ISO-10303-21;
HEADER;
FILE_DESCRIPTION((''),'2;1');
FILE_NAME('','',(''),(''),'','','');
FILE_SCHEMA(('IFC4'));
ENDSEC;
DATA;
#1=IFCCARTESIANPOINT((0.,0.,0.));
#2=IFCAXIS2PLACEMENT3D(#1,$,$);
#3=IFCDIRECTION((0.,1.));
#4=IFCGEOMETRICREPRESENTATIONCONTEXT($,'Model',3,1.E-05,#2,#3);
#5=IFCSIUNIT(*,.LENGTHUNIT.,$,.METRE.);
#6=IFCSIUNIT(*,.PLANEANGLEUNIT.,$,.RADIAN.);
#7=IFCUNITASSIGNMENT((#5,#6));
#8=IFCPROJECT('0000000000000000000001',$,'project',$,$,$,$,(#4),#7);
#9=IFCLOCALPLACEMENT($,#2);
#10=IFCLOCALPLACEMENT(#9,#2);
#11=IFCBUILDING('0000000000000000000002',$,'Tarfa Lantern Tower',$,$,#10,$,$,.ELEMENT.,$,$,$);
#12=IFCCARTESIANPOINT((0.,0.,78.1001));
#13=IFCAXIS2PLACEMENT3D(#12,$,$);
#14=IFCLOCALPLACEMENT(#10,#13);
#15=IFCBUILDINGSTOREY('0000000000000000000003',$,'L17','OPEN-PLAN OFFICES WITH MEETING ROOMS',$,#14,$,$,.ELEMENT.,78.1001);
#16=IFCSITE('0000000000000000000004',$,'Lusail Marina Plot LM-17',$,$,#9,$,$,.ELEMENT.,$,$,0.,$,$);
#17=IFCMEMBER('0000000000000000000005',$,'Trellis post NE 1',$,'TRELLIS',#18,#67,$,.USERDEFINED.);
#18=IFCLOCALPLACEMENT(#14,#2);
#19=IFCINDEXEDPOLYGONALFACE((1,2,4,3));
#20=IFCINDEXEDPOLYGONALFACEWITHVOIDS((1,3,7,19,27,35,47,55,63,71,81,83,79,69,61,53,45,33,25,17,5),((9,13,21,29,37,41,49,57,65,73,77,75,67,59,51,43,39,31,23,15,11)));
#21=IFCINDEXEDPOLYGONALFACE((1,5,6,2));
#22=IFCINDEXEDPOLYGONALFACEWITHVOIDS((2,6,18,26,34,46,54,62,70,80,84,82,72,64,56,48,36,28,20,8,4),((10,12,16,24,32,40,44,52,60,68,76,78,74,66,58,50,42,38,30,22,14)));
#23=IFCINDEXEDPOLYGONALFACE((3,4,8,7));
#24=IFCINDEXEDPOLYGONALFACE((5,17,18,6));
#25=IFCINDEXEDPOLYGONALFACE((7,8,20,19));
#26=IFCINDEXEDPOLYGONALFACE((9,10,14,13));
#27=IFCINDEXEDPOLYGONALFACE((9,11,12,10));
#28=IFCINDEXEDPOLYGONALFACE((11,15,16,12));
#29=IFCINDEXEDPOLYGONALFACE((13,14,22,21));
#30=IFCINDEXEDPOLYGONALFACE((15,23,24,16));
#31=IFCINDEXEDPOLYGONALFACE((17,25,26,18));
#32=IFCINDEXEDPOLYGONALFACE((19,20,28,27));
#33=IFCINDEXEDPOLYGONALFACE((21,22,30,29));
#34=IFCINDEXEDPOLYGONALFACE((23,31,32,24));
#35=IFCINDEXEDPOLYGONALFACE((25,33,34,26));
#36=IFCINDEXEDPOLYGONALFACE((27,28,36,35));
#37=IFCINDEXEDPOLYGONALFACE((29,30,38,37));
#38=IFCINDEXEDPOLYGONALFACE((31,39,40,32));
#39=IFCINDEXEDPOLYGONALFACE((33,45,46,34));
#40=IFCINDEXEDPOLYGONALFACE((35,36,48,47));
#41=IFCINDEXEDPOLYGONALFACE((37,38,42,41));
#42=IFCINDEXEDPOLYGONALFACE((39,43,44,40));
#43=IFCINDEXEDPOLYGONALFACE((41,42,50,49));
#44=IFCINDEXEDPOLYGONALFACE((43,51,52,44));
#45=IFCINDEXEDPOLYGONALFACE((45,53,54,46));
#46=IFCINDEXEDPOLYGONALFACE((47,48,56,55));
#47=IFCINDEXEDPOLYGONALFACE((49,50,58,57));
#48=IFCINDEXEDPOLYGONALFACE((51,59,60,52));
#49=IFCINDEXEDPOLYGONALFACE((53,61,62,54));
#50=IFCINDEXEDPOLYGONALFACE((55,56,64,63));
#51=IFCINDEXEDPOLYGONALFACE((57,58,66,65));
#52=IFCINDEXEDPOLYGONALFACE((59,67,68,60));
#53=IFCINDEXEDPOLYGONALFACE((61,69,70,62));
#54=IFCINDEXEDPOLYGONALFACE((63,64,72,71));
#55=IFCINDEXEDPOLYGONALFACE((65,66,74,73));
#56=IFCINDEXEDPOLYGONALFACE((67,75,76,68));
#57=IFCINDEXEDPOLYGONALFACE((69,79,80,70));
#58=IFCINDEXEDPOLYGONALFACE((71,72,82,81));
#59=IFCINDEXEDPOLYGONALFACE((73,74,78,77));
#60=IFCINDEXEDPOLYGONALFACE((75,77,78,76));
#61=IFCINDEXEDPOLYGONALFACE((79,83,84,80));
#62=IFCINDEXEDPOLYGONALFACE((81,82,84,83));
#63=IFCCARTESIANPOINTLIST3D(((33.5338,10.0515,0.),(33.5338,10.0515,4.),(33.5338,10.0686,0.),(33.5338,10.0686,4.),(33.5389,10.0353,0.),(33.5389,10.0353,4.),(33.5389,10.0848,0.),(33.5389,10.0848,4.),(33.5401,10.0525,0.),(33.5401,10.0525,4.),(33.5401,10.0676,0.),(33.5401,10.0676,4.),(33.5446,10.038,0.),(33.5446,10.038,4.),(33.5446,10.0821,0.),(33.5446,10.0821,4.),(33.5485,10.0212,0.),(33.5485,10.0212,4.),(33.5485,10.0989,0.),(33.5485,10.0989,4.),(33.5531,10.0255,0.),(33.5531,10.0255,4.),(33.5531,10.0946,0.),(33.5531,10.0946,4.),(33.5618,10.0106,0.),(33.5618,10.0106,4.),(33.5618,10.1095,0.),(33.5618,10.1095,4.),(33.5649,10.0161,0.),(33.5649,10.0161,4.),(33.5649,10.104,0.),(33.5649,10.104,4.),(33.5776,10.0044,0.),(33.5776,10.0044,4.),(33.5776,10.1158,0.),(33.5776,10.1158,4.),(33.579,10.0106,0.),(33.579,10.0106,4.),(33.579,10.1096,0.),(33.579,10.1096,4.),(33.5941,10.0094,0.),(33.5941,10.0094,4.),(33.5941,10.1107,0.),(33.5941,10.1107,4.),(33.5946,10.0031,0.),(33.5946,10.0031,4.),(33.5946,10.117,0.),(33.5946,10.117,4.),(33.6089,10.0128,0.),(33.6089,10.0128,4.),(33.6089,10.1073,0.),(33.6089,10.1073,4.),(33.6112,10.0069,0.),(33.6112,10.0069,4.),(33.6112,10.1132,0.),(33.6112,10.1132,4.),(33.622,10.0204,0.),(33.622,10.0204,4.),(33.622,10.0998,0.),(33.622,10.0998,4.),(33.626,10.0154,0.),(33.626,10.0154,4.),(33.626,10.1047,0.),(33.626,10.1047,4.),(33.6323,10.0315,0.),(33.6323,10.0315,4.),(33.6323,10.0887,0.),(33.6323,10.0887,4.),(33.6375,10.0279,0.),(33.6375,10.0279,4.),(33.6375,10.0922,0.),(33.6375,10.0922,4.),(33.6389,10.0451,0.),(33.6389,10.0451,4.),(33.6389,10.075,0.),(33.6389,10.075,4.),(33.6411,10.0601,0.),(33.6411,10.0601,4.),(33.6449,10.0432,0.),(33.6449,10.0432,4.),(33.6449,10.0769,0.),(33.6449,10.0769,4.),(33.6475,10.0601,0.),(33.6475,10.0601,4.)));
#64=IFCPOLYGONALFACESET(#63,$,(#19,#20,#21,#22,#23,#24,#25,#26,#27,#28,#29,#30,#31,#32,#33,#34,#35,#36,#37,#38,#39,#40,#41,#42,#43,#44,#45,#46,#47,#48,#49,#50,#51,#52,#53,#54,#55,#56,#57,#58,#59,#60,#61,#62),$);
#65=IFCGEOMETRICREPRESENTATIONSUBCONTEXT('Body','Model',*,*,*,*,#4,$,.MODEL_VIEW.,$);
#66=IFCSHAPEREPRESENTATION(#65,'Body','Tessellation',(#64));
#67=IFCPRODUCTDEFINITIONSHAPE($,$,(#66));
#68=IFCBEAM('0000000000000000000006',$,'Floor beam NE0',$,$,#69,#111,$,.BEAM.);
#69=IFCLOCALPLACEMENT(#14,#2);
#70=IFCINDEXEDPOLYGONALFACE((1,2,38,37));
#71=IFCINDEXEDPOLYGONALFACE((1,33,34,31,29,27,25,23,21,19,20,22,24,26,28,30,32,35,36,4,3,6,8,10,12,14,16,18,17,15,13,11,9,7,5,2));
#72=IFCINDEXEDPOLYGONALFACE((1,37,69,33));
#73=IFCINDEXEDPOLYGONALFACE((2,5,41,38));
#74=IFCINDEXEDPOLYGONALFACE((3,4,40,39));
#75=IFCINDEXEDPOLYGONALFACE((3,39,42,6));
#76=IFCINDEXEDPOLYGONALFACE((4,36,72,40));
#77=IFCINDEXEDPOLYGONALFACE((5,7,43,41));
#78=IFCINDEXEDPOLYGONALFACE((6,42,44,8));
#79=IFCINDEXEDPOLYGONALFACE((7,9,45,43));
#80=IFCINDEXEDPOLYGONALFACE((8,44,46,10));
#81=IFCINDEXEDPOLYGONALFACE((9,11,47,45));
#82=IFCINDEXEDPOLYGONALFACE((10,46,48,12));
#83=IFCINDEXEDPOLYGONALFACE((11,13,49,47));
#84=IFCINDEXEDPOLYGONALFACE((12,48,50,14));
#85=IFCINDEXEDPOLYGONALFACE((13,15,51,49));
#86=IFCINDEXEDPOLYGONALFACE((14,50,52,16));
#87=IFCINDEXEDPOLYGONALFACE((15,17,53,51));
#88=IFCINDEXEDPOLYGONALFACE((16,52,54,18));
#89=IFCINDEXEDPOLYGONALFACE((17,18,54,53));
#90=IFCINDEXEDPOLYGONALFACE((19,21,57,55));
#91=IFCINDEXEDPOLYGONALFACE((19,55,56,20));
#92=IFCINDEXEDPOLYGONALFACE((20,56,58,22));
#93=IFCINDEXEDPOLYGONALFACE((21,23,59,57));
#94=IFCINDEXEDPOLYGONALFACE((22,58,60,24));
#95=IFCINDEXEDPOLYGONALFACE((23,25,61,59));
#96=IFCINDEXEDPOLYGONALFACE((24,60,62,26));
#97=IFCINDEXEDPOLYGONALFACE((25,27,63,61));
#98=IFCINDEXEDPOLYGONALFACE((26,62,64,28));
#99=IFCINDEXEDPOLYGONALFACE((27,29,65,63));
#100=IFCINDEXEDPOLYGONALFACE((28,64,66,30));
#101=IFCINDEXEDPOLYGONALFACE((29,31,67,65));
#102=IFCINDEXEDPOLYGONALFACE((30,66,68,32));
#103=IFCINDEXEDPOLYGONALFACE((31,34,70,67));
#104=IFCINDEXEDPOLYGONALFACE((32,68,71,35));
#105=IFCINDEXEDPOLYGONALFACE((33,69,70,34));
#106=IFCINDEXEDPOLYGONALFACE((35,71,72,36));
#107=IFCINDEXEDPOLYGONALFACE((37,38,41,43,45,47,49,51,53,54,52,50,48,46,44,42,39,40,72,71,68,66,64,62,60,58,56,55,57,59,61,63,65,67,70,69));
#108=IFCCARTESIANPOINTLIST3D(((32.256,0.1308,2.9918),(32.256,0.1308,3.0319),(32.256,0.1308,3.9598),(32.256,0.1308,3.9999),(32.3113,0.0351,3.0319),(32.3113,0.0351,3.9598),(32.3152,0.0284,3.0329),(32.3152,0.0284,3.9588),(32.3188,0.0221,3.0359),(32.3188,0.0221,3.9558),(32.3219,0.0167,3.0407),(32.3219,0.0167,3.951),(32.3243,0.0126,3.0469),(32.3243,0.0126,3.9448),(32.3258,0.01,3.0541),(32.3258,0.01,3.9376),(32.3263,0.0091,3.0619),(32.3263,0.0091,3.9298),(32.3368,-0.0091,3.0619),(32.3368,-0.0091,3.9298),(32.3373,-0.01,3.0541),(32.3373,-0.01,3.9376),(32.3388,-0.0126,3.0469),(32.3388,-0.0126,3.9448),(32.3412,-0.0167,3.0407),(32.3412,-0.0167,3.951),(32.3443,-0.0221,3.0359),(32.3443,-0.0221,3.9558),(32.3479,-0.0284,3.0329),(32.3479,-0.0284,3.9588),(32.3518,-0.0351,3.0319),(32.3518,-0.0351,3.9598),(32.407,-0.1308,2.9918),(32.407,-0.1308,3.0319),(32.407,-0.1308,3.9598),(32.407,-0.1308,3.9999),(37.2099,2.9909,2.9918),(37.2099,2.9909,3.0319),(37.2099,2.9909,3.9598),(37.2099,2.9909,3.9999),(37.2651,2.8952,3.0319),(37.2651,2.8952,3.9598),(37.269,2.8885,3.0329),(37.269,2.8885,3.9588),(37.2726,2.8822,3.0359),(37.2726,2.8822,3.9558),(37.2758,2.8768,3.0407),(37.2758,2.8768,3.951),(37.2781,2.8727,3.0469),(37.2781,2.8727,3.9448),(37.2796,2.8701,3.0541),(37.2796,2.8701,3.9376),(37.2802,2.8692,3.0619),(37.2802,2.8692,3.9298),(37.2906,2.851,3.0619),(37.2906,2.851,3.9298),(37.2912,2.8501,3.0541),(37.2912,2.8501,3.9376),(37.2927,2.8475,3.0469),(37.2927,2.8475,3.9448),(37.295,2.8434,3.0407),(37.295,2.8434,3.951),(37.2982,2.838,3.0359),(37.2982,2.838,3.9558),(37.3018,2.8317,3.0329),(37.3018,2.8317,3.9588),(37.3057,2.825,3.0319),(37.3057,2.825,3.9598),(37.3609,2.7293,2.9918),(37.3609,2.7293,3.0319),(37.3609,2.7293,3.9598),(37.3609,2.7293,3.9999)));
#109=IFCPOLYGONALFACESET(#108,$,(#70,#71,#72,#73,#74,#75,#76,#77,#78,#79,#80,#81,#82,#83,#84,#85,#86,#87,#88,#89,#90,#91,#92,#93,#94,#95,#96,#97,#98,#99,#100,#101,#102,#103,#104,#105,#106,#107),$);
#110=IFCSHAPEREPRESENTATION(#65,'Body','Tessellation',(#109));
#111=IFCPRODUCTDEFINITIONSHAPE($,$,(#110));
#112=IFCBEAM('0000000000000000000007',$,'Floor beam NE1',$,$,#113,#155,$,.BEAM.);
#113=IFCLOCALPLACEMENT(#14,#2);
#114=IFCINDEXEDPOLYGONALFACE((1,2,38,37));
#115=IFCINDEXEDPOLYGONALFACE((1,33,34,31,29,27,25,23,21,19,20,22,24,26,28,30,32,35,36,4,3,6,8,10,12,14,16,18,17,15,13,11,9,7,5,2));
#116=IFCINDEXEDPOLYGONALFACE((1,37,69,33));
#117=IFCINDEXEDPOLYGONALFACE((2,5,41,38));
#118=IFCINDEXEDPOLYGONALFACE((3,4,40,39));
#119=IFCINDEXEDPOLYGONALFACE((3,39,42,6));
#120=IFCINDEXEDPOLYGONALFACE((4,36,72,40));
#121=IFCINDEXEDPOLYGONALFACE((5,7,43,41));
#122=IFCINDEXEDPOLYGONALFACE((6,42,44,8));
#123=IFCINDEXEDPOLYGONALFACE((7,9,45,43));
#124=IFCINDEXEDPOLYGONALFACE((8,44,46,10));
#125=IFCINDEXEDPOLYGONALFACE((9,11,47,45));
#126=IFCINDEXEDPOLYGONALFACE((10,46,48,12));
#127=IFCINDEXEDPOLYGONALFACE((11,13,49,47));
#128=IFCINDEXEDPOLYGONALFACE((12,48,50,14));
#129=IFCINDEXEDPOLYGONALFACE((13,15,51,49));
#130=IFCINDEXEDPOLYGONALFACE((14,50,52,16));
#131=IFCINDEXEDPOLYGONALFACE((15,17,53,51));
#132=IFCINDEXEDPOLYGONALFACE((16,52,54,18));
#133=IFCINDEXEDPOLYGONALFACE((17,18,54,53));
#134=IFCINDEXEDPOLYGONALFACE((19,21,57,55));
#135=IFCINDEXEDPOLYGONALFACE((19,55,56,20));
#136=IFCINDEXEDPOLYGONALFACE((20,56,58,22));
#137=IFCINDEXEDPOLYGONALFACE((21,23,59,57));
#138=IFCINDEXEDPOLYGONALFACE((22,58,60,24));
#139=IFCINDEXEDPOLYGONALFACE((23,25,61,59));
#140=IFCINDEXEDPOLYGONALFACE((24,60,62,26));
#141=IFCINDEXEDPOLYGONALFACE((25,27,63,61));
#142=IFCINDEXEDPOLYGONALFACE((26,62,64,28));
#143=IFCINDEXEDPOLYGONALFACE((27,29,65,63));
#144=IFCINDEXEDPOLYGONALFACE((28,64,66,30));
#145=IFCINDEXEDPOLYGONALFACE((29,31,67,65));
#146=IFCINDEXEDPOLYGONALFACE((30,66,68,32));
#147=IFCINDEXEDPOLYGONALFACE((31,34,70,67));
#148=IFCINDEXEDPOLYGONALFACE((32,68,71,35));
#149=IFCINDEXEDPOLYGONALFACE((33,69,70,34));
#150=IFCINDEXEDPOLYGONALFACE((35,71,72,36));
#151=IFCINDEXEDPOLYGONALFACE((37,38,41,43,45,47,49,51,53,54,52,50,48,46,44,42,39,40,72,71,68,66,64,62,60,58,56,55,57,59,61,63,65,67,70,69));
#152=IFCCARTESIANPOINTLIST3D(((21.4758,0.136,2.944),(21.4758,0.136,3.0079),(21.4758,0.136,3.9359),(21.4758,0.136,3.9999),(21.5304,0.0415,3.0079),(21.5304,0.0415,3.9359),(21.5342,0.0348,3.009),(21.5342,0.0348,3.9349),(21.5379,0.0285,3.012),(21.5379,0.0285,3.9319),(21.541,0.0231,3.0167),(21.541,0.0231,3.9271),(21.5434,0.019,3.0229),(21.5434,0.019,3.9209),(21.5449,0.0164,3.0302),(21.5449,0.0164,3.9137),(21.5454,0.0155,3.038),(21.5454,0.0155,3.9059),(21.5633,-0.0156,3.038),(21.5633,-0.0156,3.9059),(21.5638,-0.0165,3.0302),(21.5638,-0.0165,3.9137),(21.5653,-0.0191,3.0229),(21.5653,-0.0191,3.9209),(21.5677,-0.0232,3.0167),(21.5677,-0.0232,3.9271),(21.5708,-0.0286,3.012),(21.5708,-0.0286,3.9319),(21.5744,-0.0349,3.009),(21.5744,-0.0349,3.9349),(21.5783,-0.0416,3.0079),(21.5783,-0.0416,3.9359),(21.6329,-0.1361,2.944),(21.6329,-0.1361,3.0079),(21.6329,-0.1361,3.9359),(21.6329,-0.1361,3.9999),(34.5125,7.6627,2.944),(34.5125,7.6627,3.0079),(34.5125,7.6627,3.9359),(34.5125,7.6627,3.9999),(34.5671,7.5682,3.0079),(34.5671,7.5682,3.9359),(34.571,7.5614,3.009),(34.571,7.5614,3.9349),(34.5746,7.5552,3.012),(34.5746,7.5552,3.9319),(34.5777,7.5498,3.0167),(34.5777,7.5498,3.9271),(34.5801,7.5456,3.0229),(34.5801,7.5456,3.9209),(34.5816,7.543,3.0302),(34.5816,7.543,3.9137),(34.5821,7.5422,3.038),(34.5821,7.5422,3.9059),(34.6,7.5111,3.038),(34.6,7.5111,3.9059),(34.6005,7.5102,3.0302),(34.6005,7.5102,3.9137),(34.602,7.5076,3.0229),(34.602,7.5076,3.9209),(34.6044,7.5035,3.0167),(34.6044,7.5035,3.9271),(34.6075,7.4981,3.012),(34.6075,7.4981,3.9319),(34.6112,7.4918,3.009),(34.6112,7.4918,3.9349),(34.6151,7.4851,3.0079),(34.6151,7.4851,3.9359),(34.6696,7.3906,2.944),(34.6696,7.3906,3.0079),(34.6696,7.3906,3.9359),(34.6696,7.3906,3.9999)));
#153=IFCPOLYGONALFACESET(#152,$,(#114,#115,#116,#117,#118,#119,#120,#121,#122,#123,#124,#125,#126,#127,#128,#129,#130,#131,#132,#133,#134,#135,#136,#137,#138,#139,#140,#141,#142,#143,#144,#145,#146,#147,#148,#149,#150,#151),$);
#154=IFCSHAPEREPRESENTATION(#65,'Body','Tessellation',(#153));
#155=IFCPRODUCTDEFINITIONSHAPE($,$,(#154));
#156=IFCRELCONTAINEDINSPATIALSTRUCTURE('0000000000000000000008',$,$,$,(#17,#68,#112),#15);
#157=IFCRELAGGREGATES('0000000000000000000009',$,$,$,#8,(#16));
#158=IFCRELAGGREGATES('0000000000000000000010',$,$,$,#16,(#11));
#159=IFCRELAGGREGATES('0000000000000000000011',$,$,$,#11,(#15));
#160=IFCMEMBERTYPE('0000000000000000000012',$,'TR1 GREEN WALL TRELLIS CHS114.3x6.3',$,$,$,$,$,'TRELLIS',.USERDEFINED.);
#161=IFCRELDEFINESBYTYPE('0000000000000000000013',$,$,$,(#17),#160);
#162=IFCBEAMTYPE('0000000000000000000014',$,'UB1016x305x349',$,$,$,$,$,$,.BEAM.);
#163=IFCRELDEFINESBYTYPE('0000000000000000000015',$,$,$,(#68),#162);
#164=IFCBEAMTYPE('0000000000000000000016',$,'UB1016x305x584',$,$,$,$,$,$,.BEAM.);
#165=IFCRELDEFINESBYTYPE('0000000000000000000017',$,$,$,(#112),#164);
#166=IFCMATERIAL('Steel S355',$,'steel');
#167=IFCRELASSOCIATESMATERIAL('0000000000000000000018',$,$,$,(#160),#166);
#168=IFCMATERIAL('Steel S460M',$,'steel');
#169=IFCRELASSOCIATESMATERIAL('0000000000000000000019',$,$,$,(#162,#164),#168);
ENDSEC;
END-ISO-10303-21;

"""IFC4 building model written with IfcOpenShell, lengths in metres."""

from ifc_helpers import new_model, si_unit, direction, frame, origin, origin_2d, place, context, subcontext, project, spatial, hollow_circle, i_section, extrude, material, material_profile, profile_set, type_object, element, save


model = new_model("IFC4")

# Units and contexts
model_context = context("Model", 3, precision=1e-05, world=origin(), true_north=direction((0.0, 1.0)))
body_context = subcontext(model_context, "Body", "Model", "MODEL_VIEW")
ifc_project = project(units=[si_unit("LENGTHUNIT", "METRE"), si_unit("PLANEANGLEUNIT", "RADIAN")], contexts=[model_context])

# Site, building, storey
site_placement = place(None, origin())
site = spatial("IfcSite", under=ifc_project, at=site_placement, Name="Lusail Marina Plot LM-17", CompositionType="ELEMENT", RefElevation=0.0)
building_placement = place(site_placement, origin())
building = spatial("IfcBuilding", under=site, at=building_placement, Name="Tarfa Lantern Tower", CompositionType="ELEMENT")
storey_placement = place(building_placement, frame((0.0, 0.0, 78.1001)))
storey = spatial("IfcBuildingStorey", under=building, at=storey_placement, Name="L17", Description="OPEN-PLAN OFFICES WITH MEETING ROOMS", CompositionType="ELEMENT", Elevation=78.1001)

# Member
ifc_material_1 = material(Name="Steel S355", Category="steel")
ifc_material_profile_1 = material_profile(ifc_material_1, hollow_circle(Radius=0.0571, WallThickness=0.0063, at=origin_2d()), Name="CHS114.3x6.3")
ifc_profile_set_1 = profile_set([ifc_material_profile_1], Name="Steel S355")
member_type_1 = type_object("IfcMemberType", Name="TR1 GREEN WALL TRELLIS CHS114.3x6.3", ElementType="TRELLIS", PredefinedType="USERDEFINED", material=ifc_profile_set_1)
member_1_placement = place(storey_placement, frame((33.5903, 10.0601, 0.0), z_axis=(0.0, 0.0, 1.0), x_axis=(1.0, 0.0, 0.0)))
element("IfcMember", 1, at=member_1_placement, inside=storey, type_object=member_type_1, Name="Trellis post NE 1", ObjectType="TRELLIS", PredefinedType="USERDEFINED", context=body_context, shape_type="SweptSolid", body=[
    extrude(hollow_circle(Radius=0.0571, WallThickness=0.0063, at=origin_2d()), origin(), (0.0, 0.0, 1.0), 4.0),
])

# Beams
ifc_material_2 = material(Name="Steel S460M", Category="steel")
ifc_material_profile_2 = material_profile(ifc_material_2, i_section(OverallWidth=0.302, OverallDepth=1.0081, WebThickness=0.021, FlangeThickness=0.04, FilletRadius=0.03, at=origin_2d()), Name="UB1016x305x349")
ifc_profile_set_2 = profile_set([ifc_material_profile_2], Name="Steel S460M")
beam_type_1 = type_object("IfcBeamType", Name="UB1016x305x349", PredefinedType="BEAM", material=ifc_profile_set_2)
beam_1_placement = place(storey_placement, frame((37.2854, 2.8601, 3.4958), z_axis=(-0.866026, -0.5, 0.0), x_axis=(0.5, -0.866026, 0.0)))
element("IfcBeam", 2, at=beam_1_placement, inside=storey, type_object=beam_type_1, Name="Floor beam NE0", PredefinedType="BEAM", context=body_context, shape_type="SweptSolid", body=[
    extrude(i_section(OverallWidth=0.302, OverallDepth=1.0081, WebThickness=0.021, FlangeThickness=0.04, FilletRadius=0.03, at=origin_2d()), origin(), (0.0, 0.0, 1.0), 5.7202),
])
ifc_material_profile_3 = material_profile(ifc_material_2, i_section(OverallWidth=0.3142, OverallDepth=1.0559, WebThickness=0.0359, FlangeThickness=0.064, FilletRadius=0.03, at=origin_2d()), Name="UB1016x305x584")
ifc_profile_set_3 = profile_set([ifc_material_profile_3], Name="Steel S460M")
beam_type_2 = type_object("IfcBeamType", Name="UB1016x305x584", PredefinedType="BEAM", material=ifc_profile_set_3)
beam_2_placement = place(storey_placement, frame((34.5911, 7.5266, 3.4719), z_axis=(-0.866028, -0.499996, 0.0), x_axis=(0.499996, -0.866028, 0.0)))
element("IfcBeam", 3, at=beam_2_placement, inside=storey, type_object=beam_type_2, Name="Floor beam NE1", PredefinedType="BEAM", context=body_context, shape_type="SweptSolid", body=[
    extrude(i_section(OverallWidth=0.3142, OverallDepth=1.0559, WebThickness=0.0359, FlangeThickness=0.064, FilletRadius=0.03, at=origin_2d()), origin(), (0.0, 0.0, 1.0), 15.0535),
])

save(model, "model.ifc")
